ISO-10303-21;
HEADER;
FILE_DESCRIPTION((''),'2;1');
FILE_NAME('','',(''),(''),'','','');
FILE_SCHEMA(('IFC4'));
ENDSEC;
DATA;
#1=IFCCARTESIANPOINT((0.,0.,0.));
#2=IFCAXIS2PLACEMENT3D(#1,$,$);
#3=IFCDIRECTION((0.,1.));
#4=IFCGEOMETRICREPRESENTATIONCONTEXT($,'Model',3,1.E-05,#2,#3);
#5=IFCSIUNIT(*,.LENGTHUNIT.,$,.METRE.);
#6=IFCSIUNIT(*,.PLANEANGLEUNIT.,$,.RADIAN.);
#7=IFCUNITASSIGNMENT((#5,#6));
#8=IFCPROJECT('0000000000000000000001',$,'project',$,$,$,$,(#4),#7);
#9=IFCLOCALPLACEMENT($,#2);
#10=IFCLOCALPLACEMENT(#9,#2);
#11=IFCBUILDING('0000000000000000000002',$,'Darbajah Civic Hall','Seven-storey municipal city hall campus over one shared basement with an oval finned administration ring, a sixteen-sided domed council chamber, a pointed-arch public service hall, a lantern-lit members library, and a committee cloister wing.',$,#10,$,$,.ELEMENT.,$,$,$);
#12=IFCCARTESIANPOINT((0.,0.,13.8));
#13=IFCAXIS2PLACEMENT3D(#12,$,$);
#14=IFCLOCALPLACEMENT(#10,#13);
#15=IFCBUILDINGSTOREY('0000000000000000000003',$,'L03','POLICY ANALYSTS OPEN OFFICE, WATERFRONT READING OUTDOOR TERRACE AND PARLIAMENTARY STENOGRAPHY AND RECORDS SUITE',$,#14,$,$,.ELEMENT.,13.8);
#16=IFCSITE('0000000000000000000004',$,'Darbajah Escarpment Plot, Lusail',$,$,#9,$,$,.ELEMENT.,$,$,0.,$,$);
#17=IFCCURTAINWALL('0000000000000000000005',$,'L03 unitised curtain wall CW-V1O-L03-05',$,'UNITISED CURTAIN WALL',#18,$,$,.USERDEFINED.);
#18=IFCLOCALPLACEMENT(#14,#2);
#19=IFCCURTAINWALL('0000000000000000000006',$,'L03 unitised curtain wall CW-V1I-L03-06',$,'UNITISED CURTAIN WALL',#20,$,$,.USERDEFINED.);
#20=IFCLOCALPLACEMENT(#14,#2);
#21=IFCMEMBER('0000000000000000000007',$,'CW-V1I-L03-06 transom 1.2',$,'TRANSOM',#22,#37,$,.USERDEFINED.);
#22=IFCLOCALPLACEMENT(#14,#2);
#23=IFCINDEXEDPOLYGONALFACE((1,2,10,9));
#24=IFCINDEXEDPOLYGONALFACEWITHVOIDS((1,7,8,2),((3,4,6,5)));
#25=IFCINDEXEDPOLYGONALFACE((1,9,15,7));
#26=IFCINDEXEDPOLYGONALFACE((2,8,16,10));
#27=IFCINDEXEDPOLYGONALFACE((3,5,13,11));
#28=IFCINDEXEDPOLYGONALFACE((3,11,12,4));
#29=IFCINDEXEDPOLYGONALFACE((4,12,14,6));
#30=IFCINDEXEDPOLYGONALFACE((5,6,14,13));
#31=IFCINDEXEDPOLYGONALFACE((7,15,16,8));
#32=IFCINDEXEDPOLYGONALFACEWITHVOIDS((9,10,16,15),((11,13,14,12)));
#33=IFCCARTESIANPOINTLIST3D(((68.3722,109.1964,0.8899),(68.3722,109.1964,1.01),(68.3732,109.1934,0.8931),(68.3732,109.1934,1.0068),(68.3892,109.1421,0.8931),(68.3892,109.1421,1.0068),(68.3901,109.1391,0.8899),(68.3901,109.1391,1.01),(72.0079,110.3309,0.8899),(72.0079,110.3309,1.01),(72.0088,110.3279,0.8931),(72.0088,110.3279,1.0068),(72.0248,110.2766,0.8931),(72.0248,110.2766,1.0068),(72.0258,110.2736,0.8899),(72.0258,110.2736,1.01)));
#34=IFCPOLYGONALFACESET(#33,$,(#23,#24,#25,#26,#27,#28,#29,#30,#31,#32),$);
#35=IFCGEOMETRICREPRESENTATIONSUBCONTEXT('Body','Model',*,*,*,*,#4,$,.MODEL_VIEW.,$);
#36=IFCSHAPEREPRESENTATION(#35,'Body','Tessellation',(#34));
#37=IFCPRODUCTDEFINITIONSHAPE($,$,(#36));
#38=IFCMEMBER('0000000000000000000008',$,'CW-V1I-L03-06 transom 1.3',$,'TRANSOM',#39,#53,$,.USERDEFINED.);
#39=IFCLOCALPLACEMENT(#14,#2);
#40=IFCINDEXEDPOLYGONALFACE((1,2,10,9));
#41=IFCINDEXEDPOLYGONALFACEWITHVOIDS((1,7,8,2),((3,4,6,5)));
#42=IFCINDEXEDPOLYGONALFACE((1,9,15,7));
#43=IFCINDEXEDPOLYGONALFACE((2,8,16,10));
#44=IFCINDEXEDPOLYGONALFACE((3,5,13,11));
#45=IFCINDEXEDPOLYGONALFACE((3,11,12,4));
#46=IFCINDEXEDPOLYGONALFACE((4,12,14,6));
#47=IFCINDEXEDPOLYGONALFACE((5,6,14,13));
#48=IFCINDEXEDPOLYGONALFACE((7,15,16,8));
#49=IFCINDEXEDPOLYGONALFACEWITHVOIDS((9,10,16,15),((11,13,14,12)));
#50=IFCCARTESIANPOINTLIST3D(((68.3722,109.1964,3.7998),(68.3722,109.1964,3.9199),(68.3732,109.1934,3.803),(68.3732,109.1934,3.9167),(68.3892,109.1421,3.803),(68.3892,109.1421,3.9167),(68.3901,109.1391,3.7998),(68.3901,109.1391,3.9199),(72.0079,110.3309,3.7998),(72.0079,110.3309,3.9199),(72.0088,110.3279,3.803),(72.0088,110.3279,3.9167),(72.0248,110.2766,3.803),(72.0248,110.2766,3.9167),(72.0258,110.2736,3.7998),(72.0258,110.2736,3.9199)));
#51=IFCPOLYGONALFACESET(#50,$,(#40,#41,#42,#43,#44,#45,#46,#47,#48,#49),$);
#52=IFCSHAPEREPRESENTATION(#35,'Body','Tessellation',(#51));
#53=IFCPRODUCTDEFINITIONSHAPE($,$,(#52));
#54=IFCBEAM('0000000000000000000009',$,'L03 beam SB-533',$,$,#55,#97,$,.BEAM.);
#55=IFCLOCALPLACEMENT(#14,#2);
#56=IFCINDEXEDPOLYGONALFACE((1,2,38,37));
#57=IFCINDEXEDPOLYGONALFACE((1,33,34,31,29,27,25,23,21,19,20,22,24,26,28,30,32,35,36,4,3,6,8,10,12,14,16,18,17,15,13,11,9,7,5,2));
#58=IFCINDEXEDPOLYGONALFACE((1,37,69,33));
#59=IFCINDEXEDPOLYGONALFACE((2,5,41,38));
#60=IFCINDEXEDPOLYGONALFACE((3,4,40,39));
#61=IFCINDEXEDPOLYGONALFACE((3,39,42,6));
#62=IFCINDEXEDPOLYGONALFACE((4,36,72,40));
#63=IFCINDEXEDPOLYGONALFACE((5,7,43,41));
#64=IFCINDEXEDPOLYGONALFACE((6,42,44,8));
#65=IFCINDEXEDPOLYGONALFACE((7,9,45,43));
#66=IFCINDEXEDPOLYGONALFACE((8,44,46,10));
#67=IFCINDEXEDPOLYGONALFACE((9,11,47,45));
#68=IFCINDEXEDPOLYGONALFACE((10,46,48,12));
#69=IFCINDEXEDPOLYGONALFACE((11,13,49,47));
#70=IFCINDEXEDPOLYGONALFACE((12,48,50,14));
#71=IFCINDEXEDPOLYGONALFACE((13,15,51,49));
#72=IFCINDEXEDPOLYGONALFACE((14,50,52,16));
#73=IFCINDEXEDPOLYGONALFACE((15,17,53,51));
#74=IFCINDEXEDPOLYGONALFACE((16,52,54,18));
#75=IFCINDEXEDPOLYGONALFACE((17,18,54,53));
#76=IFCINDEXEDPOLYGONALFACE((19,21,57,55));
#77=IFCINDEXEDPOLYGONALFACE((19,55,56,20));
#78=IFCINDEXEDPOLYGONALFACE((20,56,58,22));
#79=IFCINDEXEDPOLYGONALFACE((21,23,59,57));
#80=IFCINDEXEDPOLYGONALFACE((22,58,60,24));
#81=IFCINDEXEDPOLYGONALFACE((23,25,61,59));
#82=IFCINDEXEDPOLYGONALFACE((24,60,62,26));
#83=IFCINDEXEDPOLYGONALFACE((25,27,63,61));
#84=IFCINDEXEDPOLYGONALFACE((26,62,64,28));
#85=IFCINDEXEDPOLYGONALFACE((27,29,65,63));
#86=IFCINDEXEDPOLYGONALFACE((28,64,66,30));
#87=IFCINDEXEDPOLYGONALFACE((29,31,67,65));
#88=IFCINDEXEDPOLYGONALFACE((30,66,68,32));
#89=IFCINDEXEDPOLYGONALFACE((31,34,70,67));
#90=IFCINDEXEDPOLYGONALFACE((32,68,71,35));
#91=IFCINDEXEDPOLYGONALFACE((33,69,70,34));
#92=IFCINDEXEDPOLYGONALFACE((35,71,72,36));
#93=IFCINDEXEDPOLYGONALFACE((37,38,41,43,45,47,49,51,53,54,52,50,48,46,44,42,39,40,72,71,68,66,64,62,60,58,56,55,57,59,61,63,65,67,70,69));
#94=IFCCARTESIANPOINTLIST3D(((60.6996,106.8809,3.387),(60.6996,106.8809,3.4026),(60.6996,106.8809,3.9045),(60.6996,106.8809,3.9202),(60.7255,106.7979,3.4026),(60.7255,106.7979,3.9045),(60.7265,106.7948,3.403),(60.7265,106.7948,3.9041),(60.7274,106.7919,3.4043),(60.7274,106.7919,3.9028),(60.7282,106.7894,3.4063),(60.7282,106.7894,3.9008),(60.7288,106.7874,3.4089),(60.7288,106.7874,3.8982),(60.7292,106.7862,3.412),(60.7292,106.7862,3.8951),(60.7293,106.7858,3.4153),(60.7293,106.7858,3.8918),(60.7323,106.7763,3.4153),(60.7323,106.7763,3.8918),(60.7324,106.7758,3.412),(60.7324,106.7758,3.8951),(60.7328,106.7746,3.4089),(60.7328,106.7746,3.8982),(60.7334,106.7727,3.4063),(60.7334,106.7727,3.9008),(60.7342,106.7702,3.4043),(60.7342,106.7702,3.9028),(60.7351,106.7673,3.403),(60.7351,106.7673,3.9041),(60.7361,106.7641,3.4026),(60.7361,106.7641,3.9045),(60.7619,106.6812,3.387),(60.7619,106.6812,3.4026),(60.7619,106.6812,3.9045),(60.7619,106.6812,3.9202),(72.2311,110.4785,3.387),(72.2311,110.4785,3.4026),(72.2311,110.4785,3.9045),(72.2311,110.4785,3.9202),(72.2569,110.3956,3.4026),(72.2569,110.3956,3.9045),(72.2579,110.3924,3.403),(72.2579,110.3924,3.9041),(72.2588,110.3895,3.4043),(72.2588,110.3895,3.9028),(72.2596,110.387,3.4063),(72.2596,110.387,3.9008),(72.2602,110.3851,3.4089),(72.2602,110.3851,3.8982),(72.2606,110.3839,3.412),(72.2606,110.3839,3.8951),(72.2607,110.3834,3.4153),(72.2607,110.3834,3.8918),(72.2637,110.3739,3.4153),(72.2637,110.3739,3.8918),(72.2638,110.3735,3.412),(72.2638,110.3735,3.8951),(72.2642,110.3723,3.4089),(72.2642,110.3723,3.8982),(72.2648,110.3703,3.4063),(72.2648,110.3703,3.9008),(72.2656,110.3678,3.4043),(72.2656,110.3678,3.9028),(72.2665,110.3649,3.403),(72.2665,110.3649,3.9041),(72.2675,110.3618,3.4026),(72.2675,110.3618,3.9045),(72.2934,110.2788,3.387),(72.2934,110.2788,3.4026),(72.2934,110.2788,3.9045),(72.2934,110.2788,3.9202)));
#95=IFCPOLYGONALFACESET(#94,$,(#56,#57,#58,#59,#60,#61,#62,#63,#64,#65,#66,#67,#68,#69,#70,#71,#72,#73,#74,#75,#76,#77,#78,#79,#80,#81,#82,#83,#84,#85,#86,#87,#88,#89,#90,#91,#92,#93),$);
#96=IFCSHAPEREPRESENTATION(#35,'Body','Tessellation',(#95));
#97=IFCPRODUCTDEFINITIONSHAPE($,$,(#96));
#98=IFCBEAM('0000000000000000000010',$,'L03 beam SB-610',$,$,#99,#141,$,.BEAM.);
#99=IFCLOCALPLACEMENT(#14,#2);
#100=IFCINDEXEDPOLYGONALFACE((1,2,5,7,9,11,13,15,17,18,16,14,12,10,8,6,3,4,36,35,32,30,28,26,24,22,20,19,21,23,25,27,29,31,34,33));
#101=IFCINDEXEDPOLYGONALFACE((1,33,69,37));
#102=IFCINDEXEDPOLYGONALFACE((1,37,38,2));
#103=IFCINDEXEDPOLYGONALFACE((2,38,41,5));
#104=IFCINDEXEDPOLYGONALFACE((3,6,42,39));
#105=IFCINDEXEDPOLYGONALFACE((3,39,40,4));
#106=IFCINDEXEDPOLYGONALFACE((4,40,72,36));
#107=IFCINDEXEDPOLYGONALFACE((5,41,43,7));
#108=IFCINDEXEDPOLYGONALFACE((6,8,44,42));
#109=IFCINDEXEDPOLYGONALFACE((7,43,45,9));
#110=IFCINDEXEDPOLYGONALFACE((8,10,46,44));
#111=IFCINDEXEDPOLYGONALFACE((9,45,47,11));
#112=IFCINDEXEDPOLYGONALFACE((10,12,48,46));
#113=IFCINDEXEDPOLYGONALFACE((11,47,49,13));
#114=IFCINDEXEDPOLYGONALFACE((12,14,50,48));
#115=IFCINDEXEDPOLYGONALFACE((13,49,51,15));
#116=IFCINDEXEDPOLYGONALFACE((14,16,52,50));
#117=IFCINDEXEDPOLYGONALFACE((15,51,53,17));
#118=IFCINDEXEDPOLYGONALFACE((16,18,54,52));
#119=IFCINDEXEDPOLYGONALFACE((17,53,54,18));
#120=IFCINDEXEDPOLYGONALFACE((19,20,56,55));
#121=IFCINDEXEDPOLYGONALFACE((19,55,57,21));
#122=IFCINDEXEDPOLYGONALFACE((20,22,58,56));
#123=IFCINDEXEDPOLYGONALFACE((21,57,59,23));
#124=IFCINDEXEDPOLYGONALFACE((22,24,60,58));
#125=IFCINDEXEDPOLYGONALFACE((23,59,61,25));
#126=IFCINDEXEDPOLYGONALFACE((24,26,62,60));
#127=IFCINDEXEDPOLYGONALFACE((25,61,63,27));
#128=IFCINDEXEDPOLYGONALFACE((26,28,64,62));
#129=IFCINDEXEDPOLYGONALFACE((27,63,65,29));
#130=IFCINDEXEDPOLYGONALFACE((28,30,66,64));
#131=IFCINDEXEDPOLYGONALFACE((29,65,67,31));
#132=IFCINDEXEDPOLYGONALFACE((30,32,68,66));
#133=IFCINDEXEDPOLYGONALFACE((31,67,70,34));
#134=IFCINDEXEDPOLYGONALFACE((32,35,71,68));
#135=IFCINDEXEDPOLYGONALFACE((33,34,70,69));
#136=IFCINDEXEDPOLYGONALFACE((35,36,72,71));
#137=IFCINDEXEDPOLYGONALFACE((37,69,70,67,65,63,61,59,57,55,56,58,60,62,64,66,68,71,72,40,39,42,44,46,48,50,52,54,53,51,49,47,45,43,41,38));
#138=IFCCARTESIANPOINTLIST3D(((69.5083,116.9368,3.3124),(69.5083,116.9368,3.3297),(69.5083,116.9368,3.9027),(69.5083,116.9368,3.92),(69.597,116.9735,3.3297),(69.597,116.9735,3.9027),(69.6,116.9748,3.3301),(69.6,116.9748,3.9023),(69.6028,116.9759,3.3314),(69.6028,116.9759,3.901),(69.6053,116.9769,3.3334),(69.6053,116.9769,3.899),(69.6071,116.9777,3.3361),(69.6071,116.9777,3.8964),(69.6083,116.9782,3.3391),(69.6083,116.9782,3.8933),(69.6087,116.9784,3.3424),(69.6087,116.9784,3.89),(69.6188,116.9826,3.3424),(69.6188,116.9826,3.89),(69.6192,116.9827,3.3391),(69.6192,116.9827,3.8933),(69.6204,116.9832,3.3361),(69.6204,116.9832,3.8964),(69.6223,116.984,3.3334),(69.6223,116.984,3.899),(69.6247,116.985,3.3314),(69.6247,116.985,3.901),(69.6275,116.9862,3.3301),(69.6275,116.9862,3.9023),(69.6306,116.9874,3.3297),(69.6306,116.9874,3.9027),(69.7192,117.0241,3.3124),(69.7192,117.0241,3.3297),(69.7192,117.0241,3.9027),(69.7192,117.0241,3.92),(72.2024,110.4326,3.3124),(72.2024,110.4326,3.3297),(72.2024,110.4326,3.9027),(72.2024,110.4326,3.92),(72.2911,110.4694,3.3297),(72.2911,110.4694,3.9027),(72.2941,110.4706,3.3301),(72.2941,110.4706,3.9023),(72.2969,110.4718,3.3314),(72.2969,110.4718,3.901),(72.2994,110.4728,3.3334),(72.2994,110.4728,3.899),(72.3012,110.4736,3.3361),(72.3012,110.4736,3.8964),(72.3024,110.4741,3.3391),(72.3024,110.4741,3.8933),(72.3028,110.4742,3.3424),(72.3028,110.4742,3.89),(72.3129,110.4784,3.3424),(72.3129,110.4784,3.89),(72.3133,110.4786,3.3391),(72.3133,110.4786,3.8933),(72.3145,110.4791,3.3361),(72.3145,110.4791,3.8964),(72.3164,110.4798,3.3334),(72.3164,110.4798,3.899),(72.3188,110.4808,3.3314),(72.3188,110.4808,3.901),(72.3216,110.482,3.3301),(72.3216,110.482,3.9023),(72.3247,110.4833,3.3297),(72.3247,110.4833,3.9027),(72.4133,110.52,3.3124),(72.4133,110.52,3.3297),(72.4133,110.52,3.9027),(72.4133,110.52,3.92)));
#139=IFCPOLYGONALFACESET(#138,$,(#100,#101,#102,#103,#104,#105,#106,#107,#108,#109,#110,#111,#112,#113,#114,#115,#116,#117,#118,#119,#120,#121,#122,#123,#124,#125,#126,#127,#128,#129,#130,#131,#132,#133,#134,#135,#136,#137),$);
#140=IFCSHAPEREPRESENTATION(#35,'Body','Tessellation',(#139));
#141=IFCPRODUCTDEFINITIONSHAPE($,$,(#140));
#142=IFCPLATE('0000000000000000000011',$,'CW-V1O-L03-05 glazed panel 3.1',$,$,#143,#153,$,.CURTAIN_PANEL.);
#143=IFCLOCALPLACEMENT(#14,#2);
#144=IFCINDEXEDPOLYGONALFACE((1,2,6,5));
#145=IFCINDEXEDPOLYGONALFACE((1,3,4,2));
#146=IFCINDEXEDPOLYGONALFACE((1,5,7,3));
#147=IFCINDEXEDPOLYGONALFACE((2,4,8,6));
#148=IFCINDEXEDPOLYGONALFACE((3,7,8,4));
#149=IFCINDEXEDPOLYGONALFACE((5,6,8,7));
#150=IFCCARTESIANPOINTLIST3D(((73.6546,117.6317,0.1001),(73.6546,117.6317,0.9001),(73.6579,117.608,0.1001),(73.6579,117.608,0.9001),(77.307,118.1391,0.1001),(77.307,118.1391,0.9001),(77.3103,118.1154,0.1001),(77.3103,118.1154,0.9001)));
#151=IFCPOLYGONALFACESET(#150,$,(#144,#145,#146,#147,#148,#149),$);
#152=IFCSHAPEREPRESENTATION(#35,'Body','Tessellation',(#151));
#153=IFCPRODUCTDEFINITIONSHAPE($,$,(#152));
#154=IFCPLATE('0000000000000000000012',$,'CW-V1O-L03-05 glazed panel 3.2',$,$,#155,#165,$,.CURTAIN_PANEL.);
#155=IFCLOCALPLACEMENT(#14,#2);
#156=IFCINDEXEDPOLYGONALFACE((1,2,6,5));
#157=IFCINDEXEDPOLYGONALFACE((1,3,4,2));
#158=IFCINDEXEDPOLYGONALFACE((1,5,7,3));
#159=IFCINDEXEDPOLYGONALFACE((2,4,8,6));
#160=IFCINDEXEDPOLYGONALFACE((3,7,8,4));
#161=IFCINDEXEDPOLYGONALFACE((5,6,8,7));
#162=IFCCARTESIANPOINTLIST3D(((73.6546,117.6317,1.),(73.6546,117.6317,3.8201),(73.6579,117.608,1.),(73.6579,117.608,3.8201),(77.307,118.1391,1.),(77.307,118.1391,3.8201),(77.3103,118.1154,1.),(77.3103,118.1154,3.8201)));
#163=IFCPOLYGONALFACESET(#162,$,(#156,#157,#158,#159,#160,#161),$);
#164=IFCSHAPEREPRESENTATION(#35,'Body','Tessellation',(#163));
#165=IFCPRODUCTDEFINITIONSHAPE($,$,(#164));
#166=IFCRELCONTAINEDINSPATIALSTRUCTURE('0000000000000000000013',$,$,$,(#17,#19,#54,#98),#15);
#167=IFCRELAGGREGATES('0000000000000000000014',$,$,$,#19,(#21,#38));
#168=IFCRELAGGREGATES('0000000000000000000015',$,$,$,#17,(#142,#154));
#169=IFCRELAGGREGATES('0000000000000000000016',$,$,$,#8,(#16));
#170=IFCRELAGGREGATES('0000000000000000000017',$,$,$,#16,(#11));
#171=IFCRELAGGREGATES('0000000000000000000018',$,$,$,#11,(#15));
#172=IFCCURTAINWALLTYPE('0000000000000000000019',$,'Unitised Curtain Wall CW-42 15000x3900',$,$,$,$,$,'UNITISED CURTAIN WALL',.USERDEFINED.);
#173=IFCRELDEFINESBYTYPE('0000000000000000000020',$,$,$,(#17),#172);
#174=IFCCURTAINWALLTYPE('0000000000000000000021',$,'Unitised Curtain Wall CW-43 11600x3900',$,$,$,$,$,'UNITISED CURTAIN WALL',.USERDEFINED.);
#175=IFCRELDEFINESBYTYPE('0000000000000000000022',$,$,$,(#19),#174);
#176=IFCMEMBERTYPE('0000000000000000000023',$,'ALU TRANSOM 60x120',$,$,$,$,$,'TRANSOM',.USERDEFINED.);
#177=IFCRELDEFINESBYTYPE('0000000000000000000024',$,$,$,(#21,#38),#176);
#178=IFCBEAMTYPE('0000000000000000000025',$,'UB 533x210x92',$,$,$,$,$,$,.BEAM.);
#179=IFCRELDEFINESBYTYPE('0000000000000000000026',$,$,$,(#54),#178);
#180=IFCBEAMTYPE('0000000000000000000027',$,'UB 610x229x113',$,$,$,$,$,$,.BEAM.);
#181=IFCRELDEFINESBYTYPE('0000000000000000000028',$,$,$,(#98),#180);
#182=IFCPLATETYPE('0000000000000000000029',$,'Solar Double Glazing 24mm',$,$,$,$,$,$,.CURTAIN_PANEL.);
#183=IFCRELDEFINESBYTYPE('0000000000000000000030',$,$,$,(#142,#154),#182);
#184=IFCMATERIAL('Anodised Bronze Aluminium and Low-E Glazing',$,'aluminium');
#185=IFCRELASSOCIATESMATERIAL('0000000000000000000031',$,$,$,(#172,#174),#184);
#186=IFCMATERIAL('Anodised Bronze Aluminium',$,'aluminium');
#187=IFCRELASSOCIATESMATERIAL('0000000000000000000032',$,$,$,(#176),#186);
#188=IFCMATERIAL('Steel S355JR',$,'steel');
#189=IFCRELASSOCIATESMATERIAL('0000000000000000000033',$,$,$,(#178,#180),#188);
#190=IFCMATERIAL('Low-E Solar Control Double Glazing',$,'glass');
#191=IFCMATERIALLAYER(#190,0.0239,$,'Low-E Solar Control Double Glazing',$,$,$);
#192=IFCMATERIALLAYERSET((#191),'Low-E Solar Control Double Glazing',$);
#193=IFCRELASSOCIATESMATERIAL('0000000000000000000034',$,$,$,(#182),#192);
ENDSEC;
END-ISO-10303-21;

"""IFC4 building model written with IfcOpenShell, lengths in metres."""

from ifc_helpers import new_model, si_unit, direction, frame, origin, origin_2d, place, context, subcontext, project, spatial, rectangle, hollow_rectangle, i_section, extrude, material, layer, layer_set, material_profile, profile_set, type_object, element, aggregate, save


model = new_model("IFC4")

# Units and contexts
model_context = context("Model", 3, precision=1e-05, world=origin(), true_north=direction((0.0, 1.0)))
body_context = subcontext(model_context, "Body", "Model", "MODEL_VIEW")
ifc_project = project(units=[si_unit("LENGTHUNIT", "METRE"), si_unit("PLANEANGLEUNIT", "RADIAN")], contexts=[model_context])

# Site, building, storey
site_placement = place(None, origin())
site = spatial("IfcSite", under=ifc_project, at=site_placement, Name="Darbajah Escarpment Plot, Lusail", CompositionType="ELEMENT", RefElevation=0.0)
building_placement = place(site_placement, origin())
building = spatial("IfcBuilding", under=site, at=building_placement, Name="Darbajah Civic Hall", Description="Seven-storey municipal city hall campus over one shared basement with an oval finned administration ring, a sixteen-sided domed council chamber, a pointed-arch public service hall, a lantern-lit members library, and a committee cloister wing.", CompositionType="ELEMENT")
storey_placement = place(building_placement, frame((0.0, 0.0, 13.8)))
storey = spatial("IfcBuildingStorey", under=building, at=storey_placement, Name="L03", Description="POLICY ANALYSTS OPEN OFFICE, WATERFRONT READING OUTDOOR TERRACE AND PARLIAMENTARY STENOGRAPHY AND RECORDS SUITE", CompositionType="ELEMENT", Elevation=13.8)

# Curtain walls
ifc_material_1 = material(Name="Anodised Bronze Aluminium and Low-E Glazing", Category="aluminium")
curtain_wall_type_1 = type_object("IfcCurtainWallType", Name="Unitised Curtain Wall CW-42 15000x3900", ElementType="UNITISED CURTAIN WALL", PredefinedType="USERDEFINED", material=ifc_material_1)
curtain_wall_1_placement = place(storey_placement, origin())
curtain_wall_1 = element("IfcCurtainWall", 1, at=curtain_wall_1_placement, inside=storey, type_object=curtain_wall_type_1, Name="L03 unitised curtain wall CW-V1O-L03-05", ObjectType="UNITISED CURTAIN WALL", PredefinedType="USERDEFINED")
ifc_material_2 = material(Name="Anodised Bronze Aluminium", Category="aluminium")
curtain_wall_type_2 = type_object("IfcCurtainWallType", Name="Unitised Curtain Wall CW-43 11600x3900", ElementType="UNITISED CURTAIN WALL", PredefinedType="USERDEFINED", material=ifc_material_1)
curtain_wall_2_placement = place(storey_placement, origin())
curtain_wall_2 = element("IfcCurtainWall", 2, at=curtain_wall_2_placement, inside=storey, type_object=curtain_wall_type_2, Name="L03 unitised curtain wall CW-V1I-L03-06", ObjectType="UNITISED CURTAIN WALL", PredefinedType="USERDEFINED")

# Members
ifc_material_profile_1 = material_profile(ifc_material_2, hollow_rectangle(XDim=0.0601, YDim=0.1201, WallThickness=0.0032, at=origin_2d()), Name="ALU TRANSOM 60x120")
ifc_profile_set_1 = profile_set([ifc_material_profile_1], Name="Anodised Bronze Aluminium")
member_type_1 = type_object("IfcMemberType", Name="ALU TRANSOM 60x120", ElementType="TRANSOM", PredefinedType="USERDEFINED", material=ifc_profile_set_1)
member_1_placement = place(storey_placement, frame((72.0168, 110.3022, 0.95), z_axis=(-0.954603, -0.297881, 0.0), x_axis=(0.297881, -0.954603, 0.0)))
member_1 = element("IfcMember", 3, at=member_1_placement, type_object=member_type_1, Name="CW-V1I-L03-06 transom 1.2", ObjectType="TRANSOM", PredefinedType="USERDEFINED", context=body_context, shape_type="SweptSolid", body=[
    extrude(hollow_rectangle(XDim=0.0601, YDim=0.1201, WallThickness=0.0032, at=origin_2d()), origin(), (0.0, 0.0, 1.0), 3.8086),
])
member_2_placement = place(storey_placement, frame((72.0168, 110.3022, 3.8599), z_axis=(-0.954603, -0.297881, 0.0), x_axis=(0.297881, -0.954603, 0.0)))
member_2 = element("IfcMember", 4, at=member_2_placement, type_object=member_type_1, Name="CW-V1I-L03-06 transom 1.3", ObjectType="TRANSOM", PredefinedType="USERDEFINED", context=body_context, shape_type="SweptSolid", body=[
    extrude(hollow_rectangle(XDim=0.0601, YDim=0.1201, WallThickness=0.0032, at=origin_2d()), origin(), (0.0, 0.0, 1.0), 3.8086),
])
aggregate(curtain_wall_2, [member_1, member_2])

# Beams
ifc_material_3 = material(Name="Steel S355JR", Category="steel")
ifc_material_profile_2 = material_profile(ifc_material_3, i_section(OverallWidth=0.2092, OverallDepth=0.5332, WebThickness=0.01, FlangeThickness=0.0156, FilletRadius=0.0127, at=origin_2d()), Name="UB 533x210x92")
ifc_profile_set_2 = profile_set([ifc_material_profile_2], Name="Steel S355JR")
beam_type_1 = type_object("IfcBeamType", Name="UB 533x210x92", PredefinedType="BEAM", material=ifc_profile_set_2)
beam_1_placement = place(storey_placement, frame((72.2622, 110.3787, 3.6536), z_axis=(-0.95462, -0.297827, 0.0), x_axis=(0.297827, -0.95462, 0.0)))
element("IfcBeam", 5, at=beam_1_placement, inside=storey, type_object=beam_type_1, Name="L03 beam SB-533", PredefinedType="BEAM", context=body_context, shape_type="SweptSolid", body=[
    extrude(i_section(OverallWidth=0.2092, OverallDepth=0.5332, WebThickness=0.01, FlangeThickness=0.0156, FilletRadius=0.0127, at=origin_2d()), origin(), (0.0, 0.0, 1.0), 12.0796),
])
ifc_material_profile_3 = material_profile(ifc_material_3, i_section(OverallWidth=0.2283, OverallDepth=0.6077, WebThickness=0.011, FlangeThickness=0.0173, FilletRadius=0.0127, at=origin_2d()), Name="UB 610x229x113")
ifc_profile_set_3 = profile_set([ifc_material_profile_3], Name="Steel S355JR")
beam_type_2 = type_object("IfcBeamType", Name="UB 610x229x113", PredefinedType="BEAM", material=ifc_profile_set_3)
beam_2_placement = place(storey_placement, frame((72.3079, 110.4763, 3.6162), z_axis=(-0.382682, 0.92388, 0.0), x_axis=(-0.92388, -0.382682, 0.0)))
element("IfcBeam", 6, at=beam_2_placement, inside=storey, type_object=beam_type_2, Name="L03 beam SB-610", PredefinedType="BEAM", context=body_context, shape_type="SweptSolid", body=[
    extrude(i_section(OverallWidth=0.2283, OverallDepth=0.6077, WebThickness=0.011, FlangeThickness=0.0173, FilletRadius=0.0127, at=origin_2d()), origin(), (0.0, 0.0, 1.0), 7.04),
])

# Plates
ifc_material_4 = material(Name="Low-E Solar Control Double Glazing", Category="glass")
ifc_layer_1 = layer(ifc_material_4, 0.0239, Name="Low-E Solar Control Double Glazing")
ifc_layer_set_1 = layer_set([ifc_layer_1], Name="Low-E Solar Control Double Glazing")
plate_type = type_object("IfcPlateType", Name="Solar Double Glazing 24mm", PredefinedType="CURTAIN_PANEL", material=ifc_layer_set_1)
plate_1_placement = place(storey_placement, frame((75.4824, 117.8735, 0.1001), z_axis=(0.0, 0.0, 1.0), x_axis=(-0.990485, -0.137617, 0.0)))
plate_1 = element("IfcPlate", 7, at=plate_1_placement, type_object=plate_type, Name="CW-V1O-L03-05 glazed panel 3.1", PredefinedType="CURTAIN_PANEL", context=body_context, shape_type="SweptSolid", body=[
    extrude(rectangle(XDim=3.6875, YDim=0.0239, at=origin_2d()), origin(), (0.0, 0.0, 1.0), 0.8),
])
plate_2_placement = place(storey_placement, frame((75.4824, 117.8735, 1.0), z_axis=(0.0, 0.0, 1.0), x_axis=(-0.990485, -0.137617, 0.0)))
plate_2 = element("IfcPlate", 8, at=plate_2_placement, type_object=plate_type, Name="CW-V1O-L03-05 glazed panel 3.2", PredefinedType="CURTAIN_PANEL", context=body_context, shape_type="SweptSolid", body=[
    extrude(rectangle(XDim=3.6875, YDim=0.0239, at=origin_2d()), origin(), (0.0, 0.0, 1.0), 2.8201),
])
aggregate(curtain_wall_1, [plate_1, plate_2])

save(model, "model.ifc")
